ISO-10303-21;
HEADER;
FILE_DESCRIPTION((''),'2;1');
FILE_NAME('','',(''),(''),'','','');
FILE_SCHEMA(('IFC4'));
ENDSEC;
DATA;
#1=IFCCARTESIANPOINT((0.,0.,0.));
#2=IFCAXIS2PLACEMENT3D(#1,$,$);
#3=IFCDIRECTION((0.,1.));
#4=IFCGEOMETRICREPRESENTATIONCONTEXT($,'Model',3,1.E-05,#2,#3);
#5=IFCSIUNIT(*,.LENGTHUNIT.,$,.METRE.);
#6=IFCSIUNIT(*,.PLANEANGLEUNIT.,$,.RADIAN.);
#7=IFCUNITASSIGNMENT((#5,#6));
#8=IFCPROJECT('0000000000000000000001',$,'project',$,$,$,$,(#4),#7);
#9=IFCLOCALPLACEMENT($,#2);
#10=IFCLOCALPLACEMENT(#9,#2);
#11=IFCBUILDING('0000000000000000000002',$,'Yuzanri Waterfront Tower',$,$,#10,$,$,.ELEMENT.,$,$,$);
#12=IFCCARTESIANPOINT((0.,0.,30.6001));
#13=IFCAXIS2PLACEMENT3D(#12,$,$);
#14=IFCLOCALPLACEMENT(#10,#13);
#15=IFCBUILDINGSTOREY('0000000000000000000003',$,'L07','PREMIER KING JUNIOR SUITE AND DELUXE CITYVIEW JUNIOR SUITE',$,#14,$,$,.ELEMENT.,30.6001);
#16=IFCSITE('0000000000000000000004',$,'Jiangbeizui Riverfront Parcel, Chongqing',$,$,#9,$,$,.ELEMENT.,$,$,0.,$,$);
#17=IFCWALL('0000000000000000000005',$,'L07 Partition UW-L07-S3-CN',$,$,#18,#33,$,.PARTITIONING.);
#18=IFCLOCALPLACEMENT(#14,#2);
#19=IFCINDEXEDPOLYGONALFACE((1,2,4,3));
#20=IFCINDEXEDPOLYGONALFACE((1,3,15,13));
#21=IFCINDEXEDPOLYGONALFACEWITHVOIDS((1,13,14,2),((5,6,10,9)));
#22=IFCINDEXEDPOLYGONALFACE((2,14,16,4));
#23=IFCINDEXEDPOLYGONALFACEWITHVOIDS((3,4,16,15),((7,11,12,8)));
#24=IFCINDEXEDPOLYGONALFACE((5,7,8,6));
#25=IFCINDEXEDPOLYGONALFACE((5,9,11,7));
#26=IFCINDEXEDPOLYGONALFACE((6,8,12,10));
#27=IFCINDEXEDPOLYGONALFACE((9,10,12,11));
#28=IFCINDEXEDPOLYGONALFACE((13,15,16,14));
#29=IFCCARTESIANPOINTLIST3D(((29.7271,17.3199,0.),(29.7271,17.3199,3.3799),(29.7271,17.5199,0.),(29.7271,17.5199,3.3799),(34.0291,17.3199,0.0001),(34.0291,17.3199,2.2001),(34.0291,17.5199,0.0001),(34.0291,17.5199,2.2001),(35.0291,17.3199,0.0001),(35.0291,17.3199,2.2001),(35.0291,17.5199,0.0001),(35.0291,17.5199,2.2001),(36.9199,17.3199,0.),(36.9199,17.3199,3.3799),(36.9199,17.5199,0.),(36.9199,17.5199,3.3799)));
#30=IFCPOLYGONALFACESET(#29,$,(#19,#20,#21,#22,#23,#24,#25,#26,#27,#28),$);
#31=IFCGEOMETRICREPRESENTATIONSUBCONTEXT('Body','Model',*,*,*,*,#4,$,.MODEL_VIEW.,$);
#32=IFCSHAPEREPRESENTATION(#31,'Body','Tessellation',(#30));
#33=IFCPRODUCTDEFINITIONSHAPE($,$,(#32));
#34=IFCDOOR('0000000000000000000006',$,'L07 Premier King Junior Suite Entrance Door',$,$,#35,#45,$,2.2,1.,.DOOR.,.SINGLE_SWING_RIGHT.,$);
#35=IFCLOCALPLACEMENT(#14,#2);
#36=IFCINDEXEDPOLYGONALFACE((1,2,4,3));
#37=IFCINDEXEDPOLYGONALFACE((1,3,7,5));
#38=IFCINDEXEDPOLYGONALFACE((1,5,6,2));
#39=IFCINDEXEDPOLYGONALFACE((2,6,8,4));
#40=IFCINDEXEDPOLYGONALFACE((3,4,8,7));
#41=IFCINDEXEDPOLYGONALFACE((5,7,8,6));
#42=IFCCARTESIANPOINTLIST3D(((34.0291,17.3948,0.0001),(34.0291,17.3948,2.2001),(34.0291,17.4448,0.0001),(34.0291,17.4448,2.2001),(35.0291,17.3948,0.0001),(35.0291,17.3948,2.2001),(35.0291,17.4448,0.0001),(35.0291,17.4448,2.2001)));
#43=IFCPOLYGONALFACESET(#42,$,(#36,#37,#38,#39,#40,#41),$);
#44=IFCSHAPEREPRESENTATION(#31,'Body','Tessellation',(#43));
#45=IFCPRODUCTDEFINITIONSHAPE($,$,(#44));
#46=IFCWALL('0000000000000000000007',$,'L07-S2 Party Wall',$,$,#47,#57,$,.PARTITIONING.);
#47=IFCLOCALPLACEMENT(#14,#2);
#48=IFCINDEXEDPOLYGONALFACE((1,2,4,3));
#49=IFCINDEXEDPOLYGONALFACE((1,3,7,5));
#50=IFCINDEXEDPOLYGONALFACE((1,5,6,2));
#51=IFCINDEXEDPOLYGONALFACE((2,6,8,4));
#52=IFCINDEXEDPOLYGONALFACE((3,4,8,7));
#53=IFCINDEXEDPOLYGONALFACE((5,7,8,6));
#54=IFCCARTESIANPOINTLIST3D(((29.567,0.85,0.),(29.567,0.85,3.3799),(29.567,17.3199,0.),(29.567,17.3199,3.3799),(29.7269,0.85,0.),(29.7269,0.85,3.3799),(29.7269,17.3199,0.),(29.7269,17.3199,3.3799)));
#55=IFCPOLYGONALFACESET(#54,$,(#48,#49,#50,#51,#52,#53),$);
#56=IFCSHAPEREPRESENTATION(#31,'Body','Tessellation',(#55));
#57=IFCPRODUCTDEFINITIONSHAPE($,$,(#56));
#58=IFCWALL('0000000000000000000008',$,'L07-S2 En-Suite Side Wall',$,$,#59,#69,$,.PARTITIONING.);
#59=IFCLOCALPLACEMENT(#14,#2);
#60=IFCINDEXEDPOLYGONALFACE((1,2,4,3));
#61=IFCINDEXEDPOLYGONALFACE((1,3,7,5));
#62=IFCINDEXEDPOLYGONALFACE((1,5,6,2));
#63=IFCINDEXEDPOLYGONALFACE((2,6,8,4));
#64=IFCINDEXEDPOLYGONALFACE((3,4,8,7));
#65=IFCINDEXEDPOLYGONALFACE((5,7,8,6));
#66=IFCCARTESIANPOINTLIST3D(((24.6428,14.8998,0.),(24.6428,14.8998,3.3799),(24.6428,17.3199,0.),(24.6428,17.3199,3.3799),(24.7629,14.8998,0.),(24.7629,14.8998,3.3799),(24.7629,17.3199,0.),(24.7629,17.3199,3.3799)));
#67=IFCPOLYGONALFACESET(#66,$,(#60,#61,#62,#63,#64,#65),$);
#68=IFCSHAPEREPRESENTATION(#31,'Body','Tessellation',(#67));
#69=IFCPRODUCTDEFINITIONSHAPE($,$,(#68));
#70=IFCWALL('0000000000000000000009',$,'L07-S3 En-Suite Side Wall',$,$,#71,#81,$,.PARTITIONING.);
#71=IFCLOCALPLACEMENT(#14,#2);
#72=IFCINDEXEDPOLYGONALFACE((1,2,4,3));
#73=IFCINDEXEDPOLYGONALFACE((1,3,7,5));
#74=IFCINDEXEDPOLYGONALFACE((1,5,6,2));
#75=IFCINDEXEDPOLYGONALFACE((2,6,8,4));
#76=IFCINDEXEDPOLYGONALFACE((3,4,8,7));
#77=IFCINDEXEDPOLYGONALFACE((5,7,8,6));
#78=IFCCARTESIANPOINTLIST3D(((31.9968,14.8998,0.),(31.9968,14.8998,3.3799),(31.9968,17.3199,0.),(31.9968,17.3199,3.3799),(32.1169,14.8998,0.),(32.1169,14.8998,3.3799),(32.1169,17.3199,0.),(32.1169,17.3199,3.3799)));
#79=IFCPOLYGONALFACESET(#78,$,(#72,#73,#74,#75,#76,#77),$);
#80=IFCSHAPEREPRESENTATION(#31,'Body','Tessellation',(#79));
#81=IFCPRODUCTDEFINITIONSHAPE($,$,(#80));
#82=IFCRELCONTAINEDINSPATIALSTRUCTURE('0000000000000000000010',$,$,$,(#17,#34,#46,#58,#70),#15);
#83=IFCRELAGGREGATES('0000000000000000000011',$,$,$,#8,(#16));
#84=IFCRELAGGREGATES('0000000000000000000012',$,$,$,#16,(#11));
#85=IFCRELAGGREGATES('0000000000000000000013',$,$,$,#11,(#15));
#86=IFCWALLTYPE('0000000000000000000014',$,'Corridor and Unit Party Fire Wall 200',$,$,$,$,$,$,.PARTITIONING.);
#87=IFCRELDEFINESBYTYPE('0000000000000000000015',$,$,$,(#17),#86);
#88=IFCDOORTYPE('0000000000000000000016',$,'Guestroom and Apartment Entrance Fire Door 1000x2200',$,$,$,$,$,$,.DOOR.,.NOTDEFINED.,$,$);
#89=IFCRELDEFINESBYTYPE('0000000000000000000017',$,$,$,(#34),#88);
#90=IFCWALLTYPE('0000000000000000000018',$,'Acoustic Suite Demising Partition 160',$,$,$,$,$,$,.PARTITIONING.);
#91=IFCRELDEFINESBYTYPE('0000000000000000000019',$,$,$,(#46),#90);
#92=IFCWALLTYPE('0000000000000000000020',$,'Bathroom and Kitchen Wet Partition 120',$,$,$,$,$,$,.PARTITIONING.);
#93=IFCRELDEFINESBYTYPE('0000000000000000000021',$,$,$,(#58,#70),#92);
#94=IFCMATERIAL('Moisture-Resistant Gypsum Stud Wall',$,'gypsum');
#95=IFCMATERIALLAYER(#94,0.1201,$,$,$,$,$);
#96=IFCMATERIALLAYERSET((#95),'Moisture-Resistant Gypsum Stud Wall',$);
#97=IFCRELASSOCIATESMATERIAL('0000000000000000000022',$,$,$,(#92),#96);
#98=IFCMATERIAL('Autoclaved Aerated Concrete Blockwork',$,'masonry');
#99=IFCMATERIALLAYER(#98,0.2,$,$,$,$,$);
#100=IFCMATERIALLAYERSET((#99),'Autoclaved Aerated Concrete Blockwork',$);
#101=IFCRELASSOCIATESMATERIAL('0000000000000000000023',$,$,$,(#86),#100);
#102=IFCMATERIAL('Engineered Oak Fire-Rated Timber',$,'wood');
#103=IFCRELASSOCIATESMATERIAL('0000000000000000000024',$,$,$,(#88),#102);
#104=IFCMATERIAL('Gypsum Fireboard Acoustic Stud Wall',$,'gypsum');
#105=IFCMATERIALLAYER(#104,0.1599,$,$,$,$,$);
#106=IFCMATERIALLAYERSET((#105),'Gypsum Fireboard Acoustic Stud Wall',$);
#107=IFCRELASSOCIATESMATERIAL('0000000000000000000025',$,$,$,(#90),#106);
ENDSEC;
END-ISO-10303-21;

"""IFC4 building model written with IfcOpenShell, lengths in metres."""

from ifc_helpers import new_model, si_unit, direction, frame, frame_2d, origin, place, context, subcontext, project, spatial, rectangle, extrude, source, transform, mapped, material, layer, layer_set, type_object, element, fill, save


model = new_model("IFC4")

# Units and contexts
model_context = context("Model", 3, precision=1e-05, world=origin(), true_north=direction((0.0, 1.0)))
body_context = subcontext(model_context, "Body", "Model", "MODEL_VIEW")
ifc_project = project(units=[si_unit("LENGTHUNIT", "METRE"), si_unit("PLANEANGLEUNIT", "RADIAN")], contexts=[model_context])

# Site, building, storey
site_placement = place(None, origin())
site = spatial("IfcSite", under=ifc_project, at=site_placement, Name="Jiangbeizui Riverfront Parcel, Chongqing", CompositionType="ELEMENT", RefElevation=0.0)
building_placement = place(site_placement, origin())
building = spatial("IfcBuilding", under=site, at=building_placement, Name="Yuzanri Waterfront Tower", CompositionType="ELEMENT")
storey_placement = place(building_placement, frame((0.0, 0.0, 30.6001)))
storey = spatial("IfcBuildingStorey", under=building, at=storey_placement, Name="L07", Description="PREMIER KING JUNIOR SUITE AND DELUXE CITYVIEW JUNIOR SUITE", CompositionType="ELEMENT", Elevation=30.6001)

# Wall, opening, door
ifc_material_1 = material(Name="Moisture-Resistant Gypsum Stud Wall", Category="gypsum")
ifc_layer_1 = layer(ifc_material_1, 0.1201)
ifc_layer_set_1 = layer_set([ifc_layer_1], Name="Moisture-Resistant Gypsum Stud Wall")
wall_type_1 = type_object("IfcWallType", Name="Bathroom and Kitchen Wet Partition 120", PredefinedType="PARTITIONING", material=ifc_layer_set_1)
ifc_material_2 = material(Name="Autoclaved Aerated Concrete Blockwork", Category="masonry")
ifc_layer_2 = layer(ifc_material_2, 0.2)
ifc_layer_set_2 = layer_set([ifc_layer_2], Name="Autoclaved Aerated Concrete Blockwork")
wall_type_2 = type_object("IfcWallType", Name="Corridor and Unit Party Fire Wall 200", PredefinedType="PARTITIONING", material=ifc_layer_set_2)
wall_1_placement = place(storey_placement, frame((29.7271, 17.4199, 0.0), z_axis=(0.0, 0.0, 1.0), x_axis=(1.0, 0.0, 0.0)))
wall_1 = element("IfcWall", 1, at=wall_1_placement, inside=storey, type_object=wall_type_2, Name="L07 Partition UW-L07-S3-CN", PredefinedType="PARTITIONING", context=body_context, shape_type="SweptSolid", body=[
    extrude(rectangle(XDim=7.1929, YDim=0.2, at=frame_2d((3.5964, 0.0))), origin(), (0.0, 0.0, 1.0), 3.3799),
])
opening_1_placement = place(wall_1_placement, frame((4.302, 0.0, 0.0)))
opening_1 = element("IfcOpeningElement", 2, at=opening_1_placement, cuts=wall_1, PredefinedType="OPENING", context=body_context, shape_type="SweptSolid", body=[
    extrude(rectangle(XDim=1.0, YDim=2.2, at=frame_2d((0.5, 1.1001))), frame((0.0, 0.1147, 0.0), z_axis=(0.0, -1.0, 0.0), x_axis=(1.0, 0.0, 0.0)), (0.0, 0.0, 1.0), 0.2297),
])
ifc_material_3 = material(Name="Engineered Oak Fire-Rated Timber", Category="wood")
door_type_1 = type_object("IfcDoorType", Name="Guestroom and Apartment Entrance Fire Door 1000x2200", OperationType="NOTDEFINED", PredefinedType="DOOR", material=ifc_material_3)
shared_shape_1 = source(origin(), body_context, "Body", "SweptSolid", [
    extrude(rectangle(XDim=1.0, YDim=2.2, at=frame_2d((0.5, 1.1001))), frame((0.0, 0.0249, 0.0), z_axis=(0.0, -1.0, 0.0), x_axis=(1.0, 0.0, 0.0)), (0.0, 0.0, 1.0), 0.05),
])
door_1_placement = place(opening_1_placement, origin())
door_1 = element("IfcDoor", 3, at=door_1_placement, inside=storey, type_object=door_type_1, Name="L07 Premier King Junior Suite Entrance Door", OperationType="SINGLE_SWING_RIGHT", OverallHeight=2.2, OverallWidth=1.0, PredefinedType="DOOR", context=body_context, shape_type="MappedRepresentation", body=[
    mapped(shared_shape_1, transform((0.0, 0.0, 0.0), scale=1.0)),
])
fill(opening_1, door_1)

# Walls
ifc_material_4 = material(Name="Gypsum Fireboard Acoustic Stud Wall", Category="gypsum")
ifc_layer_3 = layer(ifc_material_4, 0.1599)
ifc_layer_set_3 = layer_set([ifc_layer_3], Name="Gypsum Fireboard Acoustic Stud Wall")
wall_type_3 = type_object("IfcWallType", Name="Acoustic Suite Demising Partition 160", PredefinedType="PARTITIONING", material=ifc_layer_set_3)
shared_shape_2 = source(origin(), body_context, "Body", "SweptSolid", [
    extrude(rectangle(XDim=16.47, YDim=0.1599, at=frame_2d((8.2349, 0.0))), origin(), (0.0, 0.0, 1.0), 3.3799),
])
wall_2_placement = place(storey_placement, frame((29.647, 0.8501, 0.0), z_axis=(0.0, 0.0, 1.0), x_axis=(0.0, 1.0, 0.0)))
element("IfcWall", 4, at=wall_2_placement, inside=storey, type_object=wall_type_3, Name="L07-S2 Party Wall", PredefinedType="PARTITIONING", context=body_context, shape_type="MappedRepresentation", body=[
    mapped(shared_shape_2, transform((0.0, 0.0, 0.0), scale=1.0)),
])
shared_shape_3 = source(origin(), body_context, "Body", "SweptSolid", [
    extrude(rectangle(XDim=2.4202, YDim=0.1201, at=frame_2d((1.21, 0.0))), origin(), (0.0, 0.0, 1.0), 3.3799),
])
for number, where, z_axis, x_axis, name in (
    (5, (24.7029, 14.8999, 0.0), (0.0, 0.0, 1.0), (0.0, 1.0, 0.0), "L07-S2 En-Suite Side Wall"),
    (6, (32.0569, 14.8999, 0.0), (0.0, 0.0, 1.0), (0.0, 1.0, 0.0), "L07-S3 En-Suite Side Wall"),
):
    element("IfcWall", number, at=place(storey_placement, frame(where, z_axis=z_axis, x_axis=x_axis)), inside=storey, type_object=wall_type_1, Name=name, PredefinedType="PARTITIONING", context=body_context, shape_type="MappedRepresentation", body=[
        mapped(shared_shape_3, transform((0.0, 0.0, 0.0), scale=1.0)),
    ])

save(model, "model.ifc")
